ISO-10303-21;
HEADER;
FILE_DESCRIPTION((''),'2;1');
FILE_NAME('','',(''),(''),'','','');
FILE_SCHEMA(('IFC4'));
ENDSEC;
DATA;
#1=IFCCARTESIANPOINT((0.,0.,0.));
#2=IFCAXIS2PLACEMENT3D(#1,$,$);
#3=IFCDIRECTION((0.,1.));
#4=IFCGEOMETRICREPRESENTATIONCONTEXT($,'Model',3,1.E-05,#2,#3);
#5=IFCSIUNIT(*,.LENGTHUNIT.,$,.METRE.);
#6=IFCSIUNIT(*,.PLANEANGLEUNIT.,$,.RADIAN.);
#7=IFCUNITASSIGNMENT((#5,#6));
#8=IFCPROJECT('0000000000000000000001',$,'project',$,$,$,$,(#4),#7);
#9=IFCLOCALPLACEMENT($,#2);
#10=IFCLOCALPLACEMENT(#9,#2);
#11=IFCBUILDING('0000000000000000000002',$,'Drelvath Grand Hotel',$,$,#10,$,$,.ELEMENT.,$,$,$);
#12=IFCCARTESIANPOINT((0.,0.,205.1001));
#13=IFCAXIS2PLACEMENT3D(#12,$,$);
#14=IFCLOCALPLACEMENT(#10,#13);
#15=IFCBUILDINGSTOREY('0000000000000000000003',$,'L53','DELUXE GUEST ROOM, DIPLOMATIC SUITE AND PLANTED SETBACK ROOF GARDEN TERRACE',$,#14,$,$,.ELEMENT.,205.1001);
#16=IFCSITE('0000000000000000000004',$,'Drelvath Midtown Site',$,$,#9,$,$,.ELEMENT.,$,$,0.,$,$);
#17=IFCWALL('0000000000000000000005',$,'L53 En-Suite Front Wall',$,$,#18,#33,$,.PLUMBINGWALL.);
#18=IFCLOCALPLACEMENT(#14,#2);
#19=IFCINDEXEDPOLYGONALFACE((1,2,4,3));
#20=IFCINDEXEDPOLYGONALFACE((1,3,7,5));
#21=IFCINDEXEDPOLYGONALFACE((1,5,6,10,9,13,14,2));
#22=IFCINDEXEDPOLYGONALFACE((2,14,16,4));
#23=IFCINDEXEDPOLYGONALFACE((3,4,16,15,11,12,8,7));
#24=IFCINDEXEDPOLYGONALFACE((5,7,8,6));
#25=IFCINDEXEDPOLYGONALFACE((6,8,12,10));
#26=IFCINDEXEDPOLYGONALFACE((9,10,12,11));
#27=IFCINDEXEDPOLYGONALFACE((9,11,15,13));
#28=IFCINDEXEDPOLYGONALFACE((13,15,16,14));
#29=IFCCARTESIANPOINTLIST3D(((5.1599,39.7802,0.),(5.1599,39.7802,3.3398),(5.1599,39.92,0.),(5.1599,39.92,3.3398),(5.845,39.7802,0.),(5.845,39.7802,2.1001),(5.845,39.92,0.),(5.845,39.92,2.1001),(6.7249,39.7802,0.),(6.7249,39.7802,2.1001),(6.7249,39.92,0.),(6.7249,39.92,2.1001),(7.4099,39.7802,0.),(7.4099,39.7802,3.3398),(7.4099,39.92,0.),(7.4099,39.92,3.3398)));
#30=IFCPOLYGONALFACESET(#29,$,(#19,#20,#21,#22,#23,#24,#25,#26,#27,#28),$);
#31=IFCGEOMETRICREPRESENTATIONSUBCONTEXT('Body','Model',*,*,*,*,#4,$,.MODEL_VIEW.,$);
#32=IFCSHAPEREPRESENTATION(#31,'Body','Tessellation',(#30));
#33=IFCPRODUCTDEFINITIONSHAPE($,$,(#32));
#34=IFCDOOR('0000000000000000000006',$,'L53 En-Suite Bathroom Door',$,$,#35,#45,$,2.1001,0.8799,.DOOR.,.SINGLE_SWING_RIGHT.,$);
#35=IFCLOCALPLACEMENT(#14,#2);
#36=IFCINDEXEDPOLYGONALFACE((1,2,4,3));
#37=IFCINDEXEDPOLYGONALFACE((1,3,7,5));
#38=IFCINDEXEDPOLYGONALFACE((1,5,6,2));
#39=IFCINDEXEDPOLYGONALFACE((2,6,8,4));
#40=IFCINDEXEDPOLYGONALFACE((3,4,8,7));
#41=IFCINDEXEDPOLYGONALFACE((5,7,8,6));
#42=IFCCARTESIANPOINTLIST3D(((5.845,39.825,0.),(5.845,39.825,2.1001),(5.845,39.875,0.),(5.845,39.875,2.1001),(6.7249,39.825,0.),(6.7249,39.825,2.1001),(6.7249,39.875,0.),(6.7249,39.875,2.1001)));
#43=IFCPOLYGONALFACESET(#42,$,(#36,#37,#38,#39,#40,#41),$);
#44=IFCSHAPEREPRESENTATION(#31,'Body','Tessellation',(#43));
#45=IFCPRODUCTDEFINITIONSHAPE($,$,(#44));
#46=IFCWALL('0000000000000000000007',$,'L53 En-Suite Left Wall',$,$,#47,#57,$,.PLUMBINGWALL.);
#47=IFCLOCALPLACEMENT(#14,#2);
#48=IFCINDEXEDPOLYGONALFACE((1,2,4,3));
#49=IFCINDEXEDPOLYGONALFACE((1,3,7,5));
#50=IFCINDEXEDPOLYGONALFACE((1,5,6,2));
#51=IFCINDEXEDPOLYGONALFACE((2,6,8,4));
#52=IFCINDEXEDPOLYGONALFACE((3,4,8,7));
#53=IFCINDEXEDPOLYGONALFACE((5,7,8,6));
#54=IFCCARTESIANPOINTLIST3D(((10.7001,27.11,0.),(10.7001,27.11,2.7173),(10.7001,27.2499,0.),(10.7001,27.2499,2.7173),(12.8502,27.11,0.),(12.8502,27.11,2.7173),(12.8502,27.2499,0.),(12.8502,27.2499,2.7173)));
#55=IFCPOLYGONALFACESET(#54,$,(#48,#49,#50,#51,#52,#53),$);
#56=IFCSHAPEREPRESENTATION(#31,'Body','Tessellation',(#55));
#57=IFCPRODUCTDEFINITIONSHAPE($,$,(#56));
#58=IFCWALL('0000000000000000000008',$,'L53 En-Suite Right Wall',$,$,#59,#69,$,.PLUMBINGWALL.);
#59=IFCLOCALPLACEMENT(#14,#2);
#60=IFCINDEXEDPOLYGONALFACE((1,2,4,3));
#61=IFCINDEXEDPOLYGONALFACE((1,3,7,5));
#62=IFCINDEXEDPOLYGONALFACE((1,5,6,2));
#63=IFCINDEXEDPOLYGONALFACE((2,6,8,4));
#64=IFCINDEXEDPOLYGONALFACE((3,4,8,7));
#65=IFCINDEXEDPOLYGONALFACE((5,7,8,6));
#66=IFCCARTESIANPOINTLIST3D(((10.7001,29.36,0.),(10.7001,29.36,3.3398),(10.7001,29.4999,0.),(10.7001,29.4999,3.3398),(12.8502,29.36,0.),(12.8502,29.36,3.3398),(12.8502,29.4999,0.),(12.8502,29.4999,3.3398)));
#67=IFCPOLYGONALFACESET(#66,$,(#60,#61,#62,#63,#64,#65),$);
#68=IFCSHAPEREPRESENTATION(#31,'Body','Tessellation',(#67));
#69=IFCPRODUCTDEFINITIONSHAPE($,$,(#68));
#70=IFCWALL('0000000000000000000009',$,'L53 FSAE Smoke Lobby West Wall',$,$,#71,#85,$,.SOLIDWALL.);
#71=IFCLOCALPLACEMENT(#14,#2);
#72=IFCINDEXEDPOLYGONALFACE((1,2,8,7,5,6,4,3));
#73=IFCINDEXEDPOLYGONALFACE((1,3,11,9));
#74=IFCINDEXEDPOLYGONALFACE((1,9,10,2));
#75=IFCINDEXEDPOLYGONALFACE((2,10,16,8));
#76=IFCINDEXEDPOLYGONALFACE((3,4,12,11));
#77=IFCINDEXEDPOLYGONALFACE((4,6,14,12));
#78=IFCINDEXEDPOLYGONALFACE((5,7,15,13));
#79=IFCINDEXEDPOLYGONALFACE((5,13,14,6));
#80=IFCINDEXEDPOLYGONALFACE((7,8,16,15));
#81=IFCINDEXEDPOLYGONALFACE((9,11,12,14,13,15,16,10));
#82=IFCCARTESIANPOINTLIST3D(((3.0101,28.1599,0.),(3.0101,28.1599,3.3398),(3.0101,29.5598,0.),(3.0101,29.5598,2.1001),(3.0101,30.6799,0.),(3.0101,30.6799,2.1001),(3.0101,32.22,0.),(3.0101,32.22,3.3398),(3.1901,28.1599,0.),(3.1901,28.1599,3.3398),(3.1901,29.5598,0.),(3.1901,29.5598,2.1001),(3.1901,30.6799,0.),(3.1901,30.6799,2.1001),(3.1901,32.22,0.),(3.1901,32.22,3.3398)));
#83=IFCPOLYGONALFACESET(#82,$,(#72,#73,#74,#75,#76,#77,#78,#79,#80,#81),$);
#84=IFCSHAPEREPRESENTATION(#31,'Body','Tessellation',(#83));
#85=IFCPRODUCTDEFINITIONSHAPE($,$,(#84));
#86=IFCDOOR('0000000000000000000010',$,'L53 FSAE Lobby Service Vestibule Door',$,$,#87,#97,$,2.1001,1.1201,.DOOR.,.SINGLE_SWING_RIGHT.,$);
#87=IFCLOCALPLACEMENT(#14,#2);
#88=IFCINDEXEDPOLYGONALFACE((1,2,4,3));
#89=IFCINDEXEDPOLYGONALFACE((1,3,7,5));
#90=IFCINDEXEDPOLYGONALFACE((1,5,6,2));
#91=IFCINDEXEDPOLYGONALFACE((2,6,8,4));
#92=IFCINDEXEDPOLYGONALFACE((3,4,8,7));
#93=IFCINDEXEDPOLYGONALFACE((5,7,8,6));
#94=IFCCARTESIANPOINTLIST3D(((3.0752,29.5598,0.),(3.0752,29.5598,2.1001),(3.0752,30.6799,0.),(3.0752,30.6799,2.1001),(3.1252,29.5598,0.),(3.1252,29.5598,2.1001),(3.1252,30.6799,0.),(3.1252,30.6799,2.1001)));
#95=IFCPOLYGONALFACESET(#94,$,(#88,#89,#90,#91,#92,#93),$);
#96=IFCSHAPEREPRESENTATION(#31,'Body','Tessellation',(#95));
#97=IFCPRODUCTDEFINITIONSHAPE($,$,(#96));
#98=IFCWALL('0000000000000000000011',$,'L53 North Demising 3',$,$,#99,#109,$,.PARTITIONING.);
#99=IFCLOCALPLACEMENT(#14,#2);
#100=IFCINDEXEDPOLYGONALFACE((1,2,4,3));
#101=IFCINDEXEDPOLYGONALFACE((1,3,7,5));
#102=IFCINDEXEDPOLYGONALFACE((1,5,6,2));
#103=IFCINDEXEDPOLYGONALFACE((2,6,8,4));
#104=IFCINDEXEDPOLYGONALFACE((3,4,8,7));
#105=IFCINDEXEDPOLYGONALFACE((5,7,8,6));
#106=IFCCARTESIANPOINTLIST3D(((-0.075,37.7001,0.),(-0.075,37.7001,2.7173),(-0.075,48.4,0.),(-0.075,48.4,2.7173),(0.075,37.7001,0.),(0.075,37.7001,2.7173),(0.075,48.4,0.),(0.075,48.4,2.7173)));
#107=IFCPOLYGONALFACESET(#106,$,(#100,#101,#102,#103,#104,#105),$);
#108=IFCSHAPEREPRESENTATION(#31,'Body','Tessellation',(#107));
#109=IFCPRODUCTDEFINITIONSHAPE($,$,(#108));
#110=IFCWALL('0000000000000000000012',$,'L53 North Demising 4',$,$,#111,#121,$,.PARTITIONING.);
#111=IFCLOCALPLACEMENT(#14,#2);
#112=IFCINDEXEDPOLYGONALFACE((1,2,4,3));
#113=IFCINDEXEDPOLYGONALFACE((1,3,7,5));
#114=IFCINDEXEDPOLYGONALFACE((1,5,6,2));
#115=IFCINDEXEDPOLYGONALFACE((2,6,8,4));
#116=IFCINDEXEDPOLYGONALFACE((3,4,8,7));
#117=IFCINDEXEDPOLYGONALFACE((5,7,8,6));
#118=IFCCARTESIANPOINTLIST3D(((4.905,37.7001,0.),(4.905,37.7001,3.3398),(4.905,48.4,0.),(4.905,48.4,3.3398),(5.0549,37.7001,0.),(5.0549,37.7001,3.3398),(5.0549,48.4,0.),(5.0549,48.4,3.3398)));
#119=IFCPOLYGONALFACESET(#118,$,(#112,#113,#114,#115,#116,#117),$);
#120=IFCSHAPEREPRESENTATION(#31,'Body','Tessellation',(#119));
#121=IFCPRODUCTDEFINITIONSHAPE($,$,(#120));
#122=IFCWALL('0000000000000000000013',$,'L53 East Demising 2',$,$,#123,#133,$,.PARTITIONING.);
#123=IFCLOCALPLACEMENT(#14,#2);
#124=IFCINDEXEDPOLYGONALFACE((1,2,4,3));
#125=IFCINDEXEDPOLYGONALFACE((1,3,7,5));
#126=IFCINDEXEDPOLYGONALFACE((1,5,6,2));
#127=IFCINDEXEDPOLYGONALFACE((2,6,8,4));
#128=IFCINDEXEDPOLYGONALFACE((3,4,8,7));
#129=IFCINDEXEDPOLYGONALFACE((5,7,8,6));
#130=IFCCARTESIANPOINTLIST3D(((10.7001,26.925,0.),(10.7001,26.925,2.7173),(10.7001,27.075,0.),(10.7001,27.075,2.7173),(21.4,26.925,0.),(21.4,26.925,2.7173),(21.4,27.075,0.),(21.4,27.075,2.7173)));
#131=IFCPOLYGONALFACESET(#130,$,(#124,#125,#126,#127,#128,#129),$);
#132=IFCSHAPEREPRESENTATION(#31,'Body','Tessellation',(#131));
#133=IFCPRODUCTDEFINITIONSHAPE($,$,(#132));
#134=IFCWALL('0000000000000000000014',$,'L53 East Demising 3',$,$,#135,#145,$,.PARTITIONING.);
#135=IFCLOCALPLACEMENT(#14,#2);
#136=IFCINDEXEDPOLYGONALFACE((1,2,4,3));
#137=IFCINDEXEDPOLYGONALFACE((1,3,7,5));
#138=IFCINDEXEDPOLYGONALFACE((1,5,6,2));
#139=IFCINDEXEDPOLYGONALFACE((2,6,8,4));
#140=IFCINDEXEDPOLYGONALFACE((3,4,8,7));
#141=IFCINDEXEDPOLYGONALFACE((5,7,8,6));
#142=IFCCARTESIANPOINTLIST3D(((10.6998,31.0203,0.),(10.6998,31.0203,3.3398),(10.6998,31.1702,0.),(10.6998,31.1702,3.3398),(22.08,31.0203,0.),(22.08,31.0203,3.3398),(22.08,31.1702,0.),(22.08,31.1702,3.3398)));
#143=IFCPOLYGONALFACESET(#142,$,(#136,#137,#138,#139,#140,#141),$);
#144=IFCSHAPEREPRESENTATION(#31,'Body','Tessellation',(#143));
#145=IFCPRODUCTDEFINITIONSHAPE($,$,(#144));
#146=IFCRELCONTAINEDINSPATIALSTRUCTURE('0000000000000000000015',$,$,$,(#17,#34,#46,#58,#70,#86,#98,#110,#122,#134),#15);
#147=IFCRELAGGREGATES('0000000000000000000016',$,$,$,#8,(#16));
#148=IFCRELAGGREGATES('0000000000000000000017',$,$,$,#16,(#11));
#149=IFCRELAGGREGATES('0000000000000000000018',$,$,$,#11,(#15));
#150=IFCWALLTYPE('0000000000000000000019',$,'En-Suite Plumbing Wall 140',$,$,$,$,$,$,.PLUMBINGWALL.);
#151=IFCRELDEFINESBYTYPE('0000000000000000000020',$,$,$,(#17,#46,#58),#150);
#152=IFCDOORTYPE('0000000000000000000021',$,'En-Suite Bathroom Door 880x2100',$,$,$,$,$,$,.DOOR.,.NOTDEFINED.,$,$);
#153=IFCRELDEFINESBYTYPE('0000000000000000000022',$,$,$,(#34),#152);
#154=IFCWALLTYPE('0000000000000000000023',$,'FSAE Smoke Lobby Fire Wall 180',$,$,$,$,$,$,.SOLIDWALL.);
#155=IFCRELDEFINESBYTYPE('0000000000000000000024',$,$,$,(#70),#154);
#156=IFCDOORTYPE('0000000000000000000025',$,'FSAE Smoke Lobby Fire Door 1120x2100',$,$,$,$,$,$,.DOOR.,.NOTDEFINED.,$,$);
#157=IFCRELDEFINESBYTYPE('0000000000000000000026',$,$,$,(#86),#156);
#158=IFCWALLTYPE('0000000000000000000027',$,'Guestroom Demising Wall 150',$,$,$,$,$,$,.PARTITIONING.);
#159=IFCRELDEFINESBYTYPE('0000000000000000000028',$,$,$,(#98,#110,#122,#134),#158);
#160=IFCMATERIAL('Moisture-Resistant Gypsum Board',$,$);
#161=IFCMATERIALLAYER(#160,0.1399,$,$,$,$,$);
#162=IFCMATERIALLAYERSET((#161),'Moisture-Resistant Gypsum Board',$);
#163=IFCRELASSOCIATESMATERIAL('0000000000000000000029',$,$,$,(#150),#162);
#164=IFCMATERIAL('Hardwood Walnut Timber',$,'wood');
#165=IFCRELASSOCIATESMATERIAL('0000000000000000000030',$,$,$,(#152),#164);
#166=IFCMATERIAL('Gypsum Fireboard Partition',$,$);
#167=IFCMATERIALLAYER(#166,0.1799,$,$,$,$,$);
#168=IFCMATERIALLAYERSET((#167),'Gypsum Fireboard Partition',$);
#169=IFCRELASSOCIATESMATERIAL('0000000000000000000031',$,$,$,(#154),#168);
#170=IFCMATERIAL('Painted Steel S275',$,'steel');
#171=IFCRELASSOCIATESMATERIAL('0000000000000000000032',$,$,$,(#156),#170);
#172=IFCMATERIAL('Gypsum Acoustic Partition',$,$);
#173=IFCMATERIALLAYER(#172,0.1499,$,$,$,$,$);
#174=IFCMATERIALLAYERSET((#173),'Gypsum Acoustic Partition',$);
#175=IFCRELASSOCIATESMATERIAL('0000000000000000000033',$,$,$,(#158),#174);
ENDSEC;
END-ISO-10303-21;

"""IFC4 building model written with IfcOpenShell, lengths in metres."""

from ifc_helpers import new_model, si_unit, direction, frame, frame_2d, origin, place, context, subcontext, project, spatial, rectangle, extrude, material, layer, layer_set, type_object, element, fill, save


model = new_model("IFC4")

# Units and contexts
model_context = context("Model", 3, precision=1e-05, world=origin(), true_north=direction((0.0, 1.0)))
body_context = subcontext(model_context, "Body", "Model", "MODEL_VIEW")
ifc_project = project(units=[si_unit("LENGTHUNIT", "METRE"), si_unit("PLANEANGLEUNIT", "RADIAN")], contexts=[model_context])

# Site, building, storey
site_placement = place(None, origin())
site = spatial("IfcSite", under=ifc_project, at=site_placement, Name="Drelvath Midtown Site", CompositionType="ELEMENT", RefElevation=0.0)
building_placement = place(site_placement, origin())
building = spatial("IfcBuilding", under=site, at=building_placement, Name="Drelvath Grand Hotel", CompositionType="ELEMENT")
storey_placement = place(building_placement, frame((0.0, 0.0, 205.1001)))
storey = spatial("IfcBuildingStorey", under=building, at=storey_placement, Name="L53", Description="DELUXE GUEST ROOM, DIPLOMATIC SUITE AND PLANTED SETBACK ROOF GARDEN TERRACE", CompositionType="ELEMENT", Elevation=205.1001)

# Shared definitions
ifc_material_1 = material(Name="Painted Steel S275", Category="steel")

# Shared definitions
ifc_material_2 = material(Name="Gypsum Fireboard Partition")
ifc_material_3 = material(Name="Moisture-Resistant Gypsum Board")
ifc_layer_1 = layer(ifc_material_3, 0.1399)
ifc_layer_set_1 = layer_set([ifc_layer_1], Name="Moisture-Resistant Gypsum Board")
wall_type_1 = type_object("IfcWallType", Name="En-Suite Plumbing Wall 140", PredefinedType="PLUMBINGWALL", material=ifc_layer_set_1)

# Wall, opening, door
wall_1_placement = place(storey_placement, frame((5.1599, 39.8501, 0.0), z_axis=(0.0, 0.0, 1.0), x_axis=(1.0, 0.0, 0.0)))
wall_1 = element("IfcWall", 1, at=wall_1_placement, inside=storey, type_object=wall_type_1, Name="L53 En-Suite Front Wall", PredefinedType="PLUMBINGWALL", context=body_context, shape_type="SweptSolid", body=[
    extrude(rectangle(XDim=2.25, YDim=0.1399, at=frame_2d((1.125, 0.0))), origin(), (0.0, 0.0, 1.0), 3.3398),
])
opening_1_placement = place(wall_1_placement, frame((0.6851, 0.0, 0.0)))
opening_1 = element("IfcOpeningElement", 2, at=opening_1_placement, cuts=wall_1, PredefinedType="OPENING", context=body_context, shape_type="SweptSolid", body=[
    extrude(rectangle(XDim=0.8799, YDim=2.1001, at=frame_2d((0.4399, 1.05))), frame((0.0, 0.0798, 0.0), z_axis=(0.0, -1.0, 0.0), x_axis=(1.0, 0.0, 0.0)), (0.0, 0.0, 1.0), 0.1599),
])
ifc_material_4 = material(Name="Hardwood Walnut Timber", Category="wood")
door_type_1 = type_object("IfcDoorType", Name="En-Suite Bathroom Door 880x2100", OperationType="NOTDEFINED", PredefinedType="DOOR", material=ifc_material_4)
door_1_placement = place(opening_1_placement, origin())
door_1 = element("IfcDoor", 3, at=door_1_placement, inside=storey, type_object=door_type_1, Name="L53 En-Suite Bathroom Door", OperationType="SINGLE_SWING_RIGHT", OverallHeight=2.1001, OverallWidth=0.8799, PredefinedType="DOOR", context=body_context, shape_type="SweptSolid", body=[
    extrude(rectangle(XDim=0.8799, YDim=2.1001, at=frame_2d((0.4399, 1.05))), frame((0.0, 0.0249, 0.0), z_axis=(0.0, -1.0, 0.0), x_axis=(1.0, 0.0, 0.0)), (0.0, 0.0, 1.0), 0.05),
])
fill(opening_1, door_1)

# Walls
wall_2_placement = place(storey_placement, frame((10.7, 27.1799, 0.0), z_axis=(0.0, 0.0, 1.0), x_axis=(1.0, 0.0, 0.0)))
element("IfcWall", 4, at=wall_2_placement, inside=storey, type_object=wall_type_1, Name="L53 En-Suite Left Wall", PredefinedType="PLUMBINGWALL", context=body_context, shape_type="SweptSolid", body=[
    extrude(rectangle(XDim=2.1501, YDim=0.1399, at=frame_2d((1.0752, 0.0))), origin(), (0.0, 0.0, 1.0), 2.7173),
])
wall_3_placement = place(storey_placement, frame((10.7, 29.4299, 0.0), z_axis=(0.0, 0.0, 1.0), x_axis=(1.0, 0.0, 0.0)))
element("IfcWall", 5, at=wall_3_placement, inside=storey, type_object=wall_type_1, Name="L53 En-Suite Right Wall", PredefinedType="PLUMBINGWALL", context=body_context, shape_type="SweptSolid", body=[
    extrude(rectangle(XDim=2.1501, YDim=0.1399, at=frame_2d((1.0752, 0.0))), origin(), (0.0, 0.0, 1.0), 3.3398),
])

# Wall, opening, door
ifc_layer_2 = layer(ifc_material_2, 0.1799)
ifc_layer_set_2 = layer_set([ifc_layer_2], Name="Gypsum Fireboard Partition")
wall_type_2 = type_object("IfcWallType", Name="FSAE Smoke Lobby Fire Wall 180", PredefinedType="SOLIDWALL", material=ifc_layer_set_2)
wall_4_placement = place(storey_placement, frame((3.1001, 28.1599, 0.0), z_axis=(0.0, 0.0, 1.0), x_axis=(0.0, 1.0, 0.0)))
wall_4 = element("IfcWall", 6, at=wall_4_placement, inside=storey, type_object=wall_type_2, Name="L53 FSAE Smoke Lobby West Wall", PredefinedType="SOLIDWALL", context=body_context, shape_type="SweptSolid", body=[
    extrude(rectangle(XDim=4.0601, YDim=0.1799, at=frame_2d((2.03, 0.0))), origin(), (0.0, 0.0, 1.0), 3.3398),
])
opening_2_placement = place(wall_4_placement, frame((1.3999, 0.0, 0.0)))
opening_2 = element("IfcOpeningElement", 7, at=opening_2_placement, cuts=wall_4, PredefinedType="OPENING", context=body_context, shape_type="SweptSolid", body=[
    extrude(rectangle(XDim=1.1201, YDim=2.1001, at=frame_2d((0.5601, 1.05))), frame((0.0, 0.0999, 0.0), z_axis=(0.0, -1.0, 0.0), x_axis=(1.0, 0.0, 0.0)), (0.0, 0.0, 1.0), 0.2),
])
door_type_2 = type_object("IfcDoorType", Name="FSAE Smoke Lobby Fire Door 1120x2100", OperationType="NOTDEFINED", PredefinedType="DOOR", material=ifc_material_1)
door_2_placement = place(opening_2_placement, origin())
door_2 = element("IfcDoor", 8, at=door_2_placement, inside=storey, type_object=door_type_2, Name="L53 FSAE Lobby Service Vestibule Door", OperationType="SINGLE_SWING_RIGHT", OverallHeight=2.1001, OverallWidth=1.1201, PredefinedType="DOOR", context=body_context, shape_type="SweptSolid", body=[
    extrude(rectangle(XDim=1.1201, YDim=2.1001, at=frame_2d((0.5601, 1.05))), frame((0.0, 0.0249, 0.0), z_axis=(0.0, -1.0, 0.0), x_axis=(1.0, 0.0, 0.0)), (0.0, 0.0, 1.0), 0.05),
])
fill(opening_2, door_2)

# Walls
ifc_material_5 = material(Name="Gypsum Acoustic Partition")
ifc_layer_3 = layer(ifc_material_5, 0.1499)
ifc_layer_set_3 = layer_set([ifc_layer_3], Name="Gypsum Acoustic Partition")
wall_type_3 = type_object("IfcWallType", Name="Guestroom Demising Wall 150", PredefinedType="PARTITIONING", material=ifc_layer_set_3)
wall_5_placement = place(storey_placement, frame((0.0, 37.7, 0.0), z_axis=(0.0, 0.0, 1.0), x_axis=(0.0, 1.0, 0.0)))
element("IfcWall", 9, at=wall_5_placement, inside=storey, type_object=wall_type_3, Name="L53 North Demising 3", PredefinedType="PARTITIONING", context=body_context, shape_type="SweptSolid", body=[
    extrude(rectangle(XDim=10.7, YDim=0.1499, at=frame_2d((5.3501, 0.0))), origin(), (0.0, 0.0, 1.0), 2.7173),
])
wall_6_placement = place(storey_placement, frame((4.98, 37.7, 0.0), z_axis=(0.0, 0.0, 1.0), x_axis=(0.0, 1.0, 0.0)))
element("IfcWall", 10, at=wall_6_placement, inside=storey, type_object=wall_type_3, Name="L53 North Demising 4", PredefinedType="PARTITIONING", context=body_context, shape_type="SweptSolid", body=[
    extrude(rectangle(XDim=10.7, YDim=0.1499, at=frame_2d((5.3501, 0.0))), origin(), (0.0, 0.0, 1.0), 3.3398),
])
wall_7_placement = place(storey_placement, frame((10.7, 27.0, 0.0), z_axis=(0.0, 0.0, 1.0), x_axis=(1.0, 0.0, 0.0)))
element("IfcWall", 11, at=wall_7_placement, inside=storey, type_object=wall_type_3, Name="L53 East Demising 2", PredefinedType="PARTITIONING", context=body_context, shape_type="SweptSolid", body=[
    extrude(rectangle(XDim=10.7, YDim=0.1499, at=frame_2d((5.3501, 0.0))), origin(), (0.0, 0.0, 1.0), 2.7173),
])
wall_8_placement = place(storey_placement, frame((10.7, 31.0952, 0.0), z_axis=(0.0, 0.0, 1.0), x_axis=(1.0, 0.0, 0.0)))
element("IfcWall", 12, at=wall_8_placement, inside=storey, type_object=wall_type_3, Name="L53 East Demising 3", PredefinedType="PARTITIONING", context=body_context, shape_type="SweptSolid", body=[
    extrude(rectangle(XDim=11.3801, YDim=0.1499, at=frame_2d((5.6899, 0.0))), origin(), (0.0, 0.0, 1.0), 3.3398),
])

save(model, "model.ifc")
